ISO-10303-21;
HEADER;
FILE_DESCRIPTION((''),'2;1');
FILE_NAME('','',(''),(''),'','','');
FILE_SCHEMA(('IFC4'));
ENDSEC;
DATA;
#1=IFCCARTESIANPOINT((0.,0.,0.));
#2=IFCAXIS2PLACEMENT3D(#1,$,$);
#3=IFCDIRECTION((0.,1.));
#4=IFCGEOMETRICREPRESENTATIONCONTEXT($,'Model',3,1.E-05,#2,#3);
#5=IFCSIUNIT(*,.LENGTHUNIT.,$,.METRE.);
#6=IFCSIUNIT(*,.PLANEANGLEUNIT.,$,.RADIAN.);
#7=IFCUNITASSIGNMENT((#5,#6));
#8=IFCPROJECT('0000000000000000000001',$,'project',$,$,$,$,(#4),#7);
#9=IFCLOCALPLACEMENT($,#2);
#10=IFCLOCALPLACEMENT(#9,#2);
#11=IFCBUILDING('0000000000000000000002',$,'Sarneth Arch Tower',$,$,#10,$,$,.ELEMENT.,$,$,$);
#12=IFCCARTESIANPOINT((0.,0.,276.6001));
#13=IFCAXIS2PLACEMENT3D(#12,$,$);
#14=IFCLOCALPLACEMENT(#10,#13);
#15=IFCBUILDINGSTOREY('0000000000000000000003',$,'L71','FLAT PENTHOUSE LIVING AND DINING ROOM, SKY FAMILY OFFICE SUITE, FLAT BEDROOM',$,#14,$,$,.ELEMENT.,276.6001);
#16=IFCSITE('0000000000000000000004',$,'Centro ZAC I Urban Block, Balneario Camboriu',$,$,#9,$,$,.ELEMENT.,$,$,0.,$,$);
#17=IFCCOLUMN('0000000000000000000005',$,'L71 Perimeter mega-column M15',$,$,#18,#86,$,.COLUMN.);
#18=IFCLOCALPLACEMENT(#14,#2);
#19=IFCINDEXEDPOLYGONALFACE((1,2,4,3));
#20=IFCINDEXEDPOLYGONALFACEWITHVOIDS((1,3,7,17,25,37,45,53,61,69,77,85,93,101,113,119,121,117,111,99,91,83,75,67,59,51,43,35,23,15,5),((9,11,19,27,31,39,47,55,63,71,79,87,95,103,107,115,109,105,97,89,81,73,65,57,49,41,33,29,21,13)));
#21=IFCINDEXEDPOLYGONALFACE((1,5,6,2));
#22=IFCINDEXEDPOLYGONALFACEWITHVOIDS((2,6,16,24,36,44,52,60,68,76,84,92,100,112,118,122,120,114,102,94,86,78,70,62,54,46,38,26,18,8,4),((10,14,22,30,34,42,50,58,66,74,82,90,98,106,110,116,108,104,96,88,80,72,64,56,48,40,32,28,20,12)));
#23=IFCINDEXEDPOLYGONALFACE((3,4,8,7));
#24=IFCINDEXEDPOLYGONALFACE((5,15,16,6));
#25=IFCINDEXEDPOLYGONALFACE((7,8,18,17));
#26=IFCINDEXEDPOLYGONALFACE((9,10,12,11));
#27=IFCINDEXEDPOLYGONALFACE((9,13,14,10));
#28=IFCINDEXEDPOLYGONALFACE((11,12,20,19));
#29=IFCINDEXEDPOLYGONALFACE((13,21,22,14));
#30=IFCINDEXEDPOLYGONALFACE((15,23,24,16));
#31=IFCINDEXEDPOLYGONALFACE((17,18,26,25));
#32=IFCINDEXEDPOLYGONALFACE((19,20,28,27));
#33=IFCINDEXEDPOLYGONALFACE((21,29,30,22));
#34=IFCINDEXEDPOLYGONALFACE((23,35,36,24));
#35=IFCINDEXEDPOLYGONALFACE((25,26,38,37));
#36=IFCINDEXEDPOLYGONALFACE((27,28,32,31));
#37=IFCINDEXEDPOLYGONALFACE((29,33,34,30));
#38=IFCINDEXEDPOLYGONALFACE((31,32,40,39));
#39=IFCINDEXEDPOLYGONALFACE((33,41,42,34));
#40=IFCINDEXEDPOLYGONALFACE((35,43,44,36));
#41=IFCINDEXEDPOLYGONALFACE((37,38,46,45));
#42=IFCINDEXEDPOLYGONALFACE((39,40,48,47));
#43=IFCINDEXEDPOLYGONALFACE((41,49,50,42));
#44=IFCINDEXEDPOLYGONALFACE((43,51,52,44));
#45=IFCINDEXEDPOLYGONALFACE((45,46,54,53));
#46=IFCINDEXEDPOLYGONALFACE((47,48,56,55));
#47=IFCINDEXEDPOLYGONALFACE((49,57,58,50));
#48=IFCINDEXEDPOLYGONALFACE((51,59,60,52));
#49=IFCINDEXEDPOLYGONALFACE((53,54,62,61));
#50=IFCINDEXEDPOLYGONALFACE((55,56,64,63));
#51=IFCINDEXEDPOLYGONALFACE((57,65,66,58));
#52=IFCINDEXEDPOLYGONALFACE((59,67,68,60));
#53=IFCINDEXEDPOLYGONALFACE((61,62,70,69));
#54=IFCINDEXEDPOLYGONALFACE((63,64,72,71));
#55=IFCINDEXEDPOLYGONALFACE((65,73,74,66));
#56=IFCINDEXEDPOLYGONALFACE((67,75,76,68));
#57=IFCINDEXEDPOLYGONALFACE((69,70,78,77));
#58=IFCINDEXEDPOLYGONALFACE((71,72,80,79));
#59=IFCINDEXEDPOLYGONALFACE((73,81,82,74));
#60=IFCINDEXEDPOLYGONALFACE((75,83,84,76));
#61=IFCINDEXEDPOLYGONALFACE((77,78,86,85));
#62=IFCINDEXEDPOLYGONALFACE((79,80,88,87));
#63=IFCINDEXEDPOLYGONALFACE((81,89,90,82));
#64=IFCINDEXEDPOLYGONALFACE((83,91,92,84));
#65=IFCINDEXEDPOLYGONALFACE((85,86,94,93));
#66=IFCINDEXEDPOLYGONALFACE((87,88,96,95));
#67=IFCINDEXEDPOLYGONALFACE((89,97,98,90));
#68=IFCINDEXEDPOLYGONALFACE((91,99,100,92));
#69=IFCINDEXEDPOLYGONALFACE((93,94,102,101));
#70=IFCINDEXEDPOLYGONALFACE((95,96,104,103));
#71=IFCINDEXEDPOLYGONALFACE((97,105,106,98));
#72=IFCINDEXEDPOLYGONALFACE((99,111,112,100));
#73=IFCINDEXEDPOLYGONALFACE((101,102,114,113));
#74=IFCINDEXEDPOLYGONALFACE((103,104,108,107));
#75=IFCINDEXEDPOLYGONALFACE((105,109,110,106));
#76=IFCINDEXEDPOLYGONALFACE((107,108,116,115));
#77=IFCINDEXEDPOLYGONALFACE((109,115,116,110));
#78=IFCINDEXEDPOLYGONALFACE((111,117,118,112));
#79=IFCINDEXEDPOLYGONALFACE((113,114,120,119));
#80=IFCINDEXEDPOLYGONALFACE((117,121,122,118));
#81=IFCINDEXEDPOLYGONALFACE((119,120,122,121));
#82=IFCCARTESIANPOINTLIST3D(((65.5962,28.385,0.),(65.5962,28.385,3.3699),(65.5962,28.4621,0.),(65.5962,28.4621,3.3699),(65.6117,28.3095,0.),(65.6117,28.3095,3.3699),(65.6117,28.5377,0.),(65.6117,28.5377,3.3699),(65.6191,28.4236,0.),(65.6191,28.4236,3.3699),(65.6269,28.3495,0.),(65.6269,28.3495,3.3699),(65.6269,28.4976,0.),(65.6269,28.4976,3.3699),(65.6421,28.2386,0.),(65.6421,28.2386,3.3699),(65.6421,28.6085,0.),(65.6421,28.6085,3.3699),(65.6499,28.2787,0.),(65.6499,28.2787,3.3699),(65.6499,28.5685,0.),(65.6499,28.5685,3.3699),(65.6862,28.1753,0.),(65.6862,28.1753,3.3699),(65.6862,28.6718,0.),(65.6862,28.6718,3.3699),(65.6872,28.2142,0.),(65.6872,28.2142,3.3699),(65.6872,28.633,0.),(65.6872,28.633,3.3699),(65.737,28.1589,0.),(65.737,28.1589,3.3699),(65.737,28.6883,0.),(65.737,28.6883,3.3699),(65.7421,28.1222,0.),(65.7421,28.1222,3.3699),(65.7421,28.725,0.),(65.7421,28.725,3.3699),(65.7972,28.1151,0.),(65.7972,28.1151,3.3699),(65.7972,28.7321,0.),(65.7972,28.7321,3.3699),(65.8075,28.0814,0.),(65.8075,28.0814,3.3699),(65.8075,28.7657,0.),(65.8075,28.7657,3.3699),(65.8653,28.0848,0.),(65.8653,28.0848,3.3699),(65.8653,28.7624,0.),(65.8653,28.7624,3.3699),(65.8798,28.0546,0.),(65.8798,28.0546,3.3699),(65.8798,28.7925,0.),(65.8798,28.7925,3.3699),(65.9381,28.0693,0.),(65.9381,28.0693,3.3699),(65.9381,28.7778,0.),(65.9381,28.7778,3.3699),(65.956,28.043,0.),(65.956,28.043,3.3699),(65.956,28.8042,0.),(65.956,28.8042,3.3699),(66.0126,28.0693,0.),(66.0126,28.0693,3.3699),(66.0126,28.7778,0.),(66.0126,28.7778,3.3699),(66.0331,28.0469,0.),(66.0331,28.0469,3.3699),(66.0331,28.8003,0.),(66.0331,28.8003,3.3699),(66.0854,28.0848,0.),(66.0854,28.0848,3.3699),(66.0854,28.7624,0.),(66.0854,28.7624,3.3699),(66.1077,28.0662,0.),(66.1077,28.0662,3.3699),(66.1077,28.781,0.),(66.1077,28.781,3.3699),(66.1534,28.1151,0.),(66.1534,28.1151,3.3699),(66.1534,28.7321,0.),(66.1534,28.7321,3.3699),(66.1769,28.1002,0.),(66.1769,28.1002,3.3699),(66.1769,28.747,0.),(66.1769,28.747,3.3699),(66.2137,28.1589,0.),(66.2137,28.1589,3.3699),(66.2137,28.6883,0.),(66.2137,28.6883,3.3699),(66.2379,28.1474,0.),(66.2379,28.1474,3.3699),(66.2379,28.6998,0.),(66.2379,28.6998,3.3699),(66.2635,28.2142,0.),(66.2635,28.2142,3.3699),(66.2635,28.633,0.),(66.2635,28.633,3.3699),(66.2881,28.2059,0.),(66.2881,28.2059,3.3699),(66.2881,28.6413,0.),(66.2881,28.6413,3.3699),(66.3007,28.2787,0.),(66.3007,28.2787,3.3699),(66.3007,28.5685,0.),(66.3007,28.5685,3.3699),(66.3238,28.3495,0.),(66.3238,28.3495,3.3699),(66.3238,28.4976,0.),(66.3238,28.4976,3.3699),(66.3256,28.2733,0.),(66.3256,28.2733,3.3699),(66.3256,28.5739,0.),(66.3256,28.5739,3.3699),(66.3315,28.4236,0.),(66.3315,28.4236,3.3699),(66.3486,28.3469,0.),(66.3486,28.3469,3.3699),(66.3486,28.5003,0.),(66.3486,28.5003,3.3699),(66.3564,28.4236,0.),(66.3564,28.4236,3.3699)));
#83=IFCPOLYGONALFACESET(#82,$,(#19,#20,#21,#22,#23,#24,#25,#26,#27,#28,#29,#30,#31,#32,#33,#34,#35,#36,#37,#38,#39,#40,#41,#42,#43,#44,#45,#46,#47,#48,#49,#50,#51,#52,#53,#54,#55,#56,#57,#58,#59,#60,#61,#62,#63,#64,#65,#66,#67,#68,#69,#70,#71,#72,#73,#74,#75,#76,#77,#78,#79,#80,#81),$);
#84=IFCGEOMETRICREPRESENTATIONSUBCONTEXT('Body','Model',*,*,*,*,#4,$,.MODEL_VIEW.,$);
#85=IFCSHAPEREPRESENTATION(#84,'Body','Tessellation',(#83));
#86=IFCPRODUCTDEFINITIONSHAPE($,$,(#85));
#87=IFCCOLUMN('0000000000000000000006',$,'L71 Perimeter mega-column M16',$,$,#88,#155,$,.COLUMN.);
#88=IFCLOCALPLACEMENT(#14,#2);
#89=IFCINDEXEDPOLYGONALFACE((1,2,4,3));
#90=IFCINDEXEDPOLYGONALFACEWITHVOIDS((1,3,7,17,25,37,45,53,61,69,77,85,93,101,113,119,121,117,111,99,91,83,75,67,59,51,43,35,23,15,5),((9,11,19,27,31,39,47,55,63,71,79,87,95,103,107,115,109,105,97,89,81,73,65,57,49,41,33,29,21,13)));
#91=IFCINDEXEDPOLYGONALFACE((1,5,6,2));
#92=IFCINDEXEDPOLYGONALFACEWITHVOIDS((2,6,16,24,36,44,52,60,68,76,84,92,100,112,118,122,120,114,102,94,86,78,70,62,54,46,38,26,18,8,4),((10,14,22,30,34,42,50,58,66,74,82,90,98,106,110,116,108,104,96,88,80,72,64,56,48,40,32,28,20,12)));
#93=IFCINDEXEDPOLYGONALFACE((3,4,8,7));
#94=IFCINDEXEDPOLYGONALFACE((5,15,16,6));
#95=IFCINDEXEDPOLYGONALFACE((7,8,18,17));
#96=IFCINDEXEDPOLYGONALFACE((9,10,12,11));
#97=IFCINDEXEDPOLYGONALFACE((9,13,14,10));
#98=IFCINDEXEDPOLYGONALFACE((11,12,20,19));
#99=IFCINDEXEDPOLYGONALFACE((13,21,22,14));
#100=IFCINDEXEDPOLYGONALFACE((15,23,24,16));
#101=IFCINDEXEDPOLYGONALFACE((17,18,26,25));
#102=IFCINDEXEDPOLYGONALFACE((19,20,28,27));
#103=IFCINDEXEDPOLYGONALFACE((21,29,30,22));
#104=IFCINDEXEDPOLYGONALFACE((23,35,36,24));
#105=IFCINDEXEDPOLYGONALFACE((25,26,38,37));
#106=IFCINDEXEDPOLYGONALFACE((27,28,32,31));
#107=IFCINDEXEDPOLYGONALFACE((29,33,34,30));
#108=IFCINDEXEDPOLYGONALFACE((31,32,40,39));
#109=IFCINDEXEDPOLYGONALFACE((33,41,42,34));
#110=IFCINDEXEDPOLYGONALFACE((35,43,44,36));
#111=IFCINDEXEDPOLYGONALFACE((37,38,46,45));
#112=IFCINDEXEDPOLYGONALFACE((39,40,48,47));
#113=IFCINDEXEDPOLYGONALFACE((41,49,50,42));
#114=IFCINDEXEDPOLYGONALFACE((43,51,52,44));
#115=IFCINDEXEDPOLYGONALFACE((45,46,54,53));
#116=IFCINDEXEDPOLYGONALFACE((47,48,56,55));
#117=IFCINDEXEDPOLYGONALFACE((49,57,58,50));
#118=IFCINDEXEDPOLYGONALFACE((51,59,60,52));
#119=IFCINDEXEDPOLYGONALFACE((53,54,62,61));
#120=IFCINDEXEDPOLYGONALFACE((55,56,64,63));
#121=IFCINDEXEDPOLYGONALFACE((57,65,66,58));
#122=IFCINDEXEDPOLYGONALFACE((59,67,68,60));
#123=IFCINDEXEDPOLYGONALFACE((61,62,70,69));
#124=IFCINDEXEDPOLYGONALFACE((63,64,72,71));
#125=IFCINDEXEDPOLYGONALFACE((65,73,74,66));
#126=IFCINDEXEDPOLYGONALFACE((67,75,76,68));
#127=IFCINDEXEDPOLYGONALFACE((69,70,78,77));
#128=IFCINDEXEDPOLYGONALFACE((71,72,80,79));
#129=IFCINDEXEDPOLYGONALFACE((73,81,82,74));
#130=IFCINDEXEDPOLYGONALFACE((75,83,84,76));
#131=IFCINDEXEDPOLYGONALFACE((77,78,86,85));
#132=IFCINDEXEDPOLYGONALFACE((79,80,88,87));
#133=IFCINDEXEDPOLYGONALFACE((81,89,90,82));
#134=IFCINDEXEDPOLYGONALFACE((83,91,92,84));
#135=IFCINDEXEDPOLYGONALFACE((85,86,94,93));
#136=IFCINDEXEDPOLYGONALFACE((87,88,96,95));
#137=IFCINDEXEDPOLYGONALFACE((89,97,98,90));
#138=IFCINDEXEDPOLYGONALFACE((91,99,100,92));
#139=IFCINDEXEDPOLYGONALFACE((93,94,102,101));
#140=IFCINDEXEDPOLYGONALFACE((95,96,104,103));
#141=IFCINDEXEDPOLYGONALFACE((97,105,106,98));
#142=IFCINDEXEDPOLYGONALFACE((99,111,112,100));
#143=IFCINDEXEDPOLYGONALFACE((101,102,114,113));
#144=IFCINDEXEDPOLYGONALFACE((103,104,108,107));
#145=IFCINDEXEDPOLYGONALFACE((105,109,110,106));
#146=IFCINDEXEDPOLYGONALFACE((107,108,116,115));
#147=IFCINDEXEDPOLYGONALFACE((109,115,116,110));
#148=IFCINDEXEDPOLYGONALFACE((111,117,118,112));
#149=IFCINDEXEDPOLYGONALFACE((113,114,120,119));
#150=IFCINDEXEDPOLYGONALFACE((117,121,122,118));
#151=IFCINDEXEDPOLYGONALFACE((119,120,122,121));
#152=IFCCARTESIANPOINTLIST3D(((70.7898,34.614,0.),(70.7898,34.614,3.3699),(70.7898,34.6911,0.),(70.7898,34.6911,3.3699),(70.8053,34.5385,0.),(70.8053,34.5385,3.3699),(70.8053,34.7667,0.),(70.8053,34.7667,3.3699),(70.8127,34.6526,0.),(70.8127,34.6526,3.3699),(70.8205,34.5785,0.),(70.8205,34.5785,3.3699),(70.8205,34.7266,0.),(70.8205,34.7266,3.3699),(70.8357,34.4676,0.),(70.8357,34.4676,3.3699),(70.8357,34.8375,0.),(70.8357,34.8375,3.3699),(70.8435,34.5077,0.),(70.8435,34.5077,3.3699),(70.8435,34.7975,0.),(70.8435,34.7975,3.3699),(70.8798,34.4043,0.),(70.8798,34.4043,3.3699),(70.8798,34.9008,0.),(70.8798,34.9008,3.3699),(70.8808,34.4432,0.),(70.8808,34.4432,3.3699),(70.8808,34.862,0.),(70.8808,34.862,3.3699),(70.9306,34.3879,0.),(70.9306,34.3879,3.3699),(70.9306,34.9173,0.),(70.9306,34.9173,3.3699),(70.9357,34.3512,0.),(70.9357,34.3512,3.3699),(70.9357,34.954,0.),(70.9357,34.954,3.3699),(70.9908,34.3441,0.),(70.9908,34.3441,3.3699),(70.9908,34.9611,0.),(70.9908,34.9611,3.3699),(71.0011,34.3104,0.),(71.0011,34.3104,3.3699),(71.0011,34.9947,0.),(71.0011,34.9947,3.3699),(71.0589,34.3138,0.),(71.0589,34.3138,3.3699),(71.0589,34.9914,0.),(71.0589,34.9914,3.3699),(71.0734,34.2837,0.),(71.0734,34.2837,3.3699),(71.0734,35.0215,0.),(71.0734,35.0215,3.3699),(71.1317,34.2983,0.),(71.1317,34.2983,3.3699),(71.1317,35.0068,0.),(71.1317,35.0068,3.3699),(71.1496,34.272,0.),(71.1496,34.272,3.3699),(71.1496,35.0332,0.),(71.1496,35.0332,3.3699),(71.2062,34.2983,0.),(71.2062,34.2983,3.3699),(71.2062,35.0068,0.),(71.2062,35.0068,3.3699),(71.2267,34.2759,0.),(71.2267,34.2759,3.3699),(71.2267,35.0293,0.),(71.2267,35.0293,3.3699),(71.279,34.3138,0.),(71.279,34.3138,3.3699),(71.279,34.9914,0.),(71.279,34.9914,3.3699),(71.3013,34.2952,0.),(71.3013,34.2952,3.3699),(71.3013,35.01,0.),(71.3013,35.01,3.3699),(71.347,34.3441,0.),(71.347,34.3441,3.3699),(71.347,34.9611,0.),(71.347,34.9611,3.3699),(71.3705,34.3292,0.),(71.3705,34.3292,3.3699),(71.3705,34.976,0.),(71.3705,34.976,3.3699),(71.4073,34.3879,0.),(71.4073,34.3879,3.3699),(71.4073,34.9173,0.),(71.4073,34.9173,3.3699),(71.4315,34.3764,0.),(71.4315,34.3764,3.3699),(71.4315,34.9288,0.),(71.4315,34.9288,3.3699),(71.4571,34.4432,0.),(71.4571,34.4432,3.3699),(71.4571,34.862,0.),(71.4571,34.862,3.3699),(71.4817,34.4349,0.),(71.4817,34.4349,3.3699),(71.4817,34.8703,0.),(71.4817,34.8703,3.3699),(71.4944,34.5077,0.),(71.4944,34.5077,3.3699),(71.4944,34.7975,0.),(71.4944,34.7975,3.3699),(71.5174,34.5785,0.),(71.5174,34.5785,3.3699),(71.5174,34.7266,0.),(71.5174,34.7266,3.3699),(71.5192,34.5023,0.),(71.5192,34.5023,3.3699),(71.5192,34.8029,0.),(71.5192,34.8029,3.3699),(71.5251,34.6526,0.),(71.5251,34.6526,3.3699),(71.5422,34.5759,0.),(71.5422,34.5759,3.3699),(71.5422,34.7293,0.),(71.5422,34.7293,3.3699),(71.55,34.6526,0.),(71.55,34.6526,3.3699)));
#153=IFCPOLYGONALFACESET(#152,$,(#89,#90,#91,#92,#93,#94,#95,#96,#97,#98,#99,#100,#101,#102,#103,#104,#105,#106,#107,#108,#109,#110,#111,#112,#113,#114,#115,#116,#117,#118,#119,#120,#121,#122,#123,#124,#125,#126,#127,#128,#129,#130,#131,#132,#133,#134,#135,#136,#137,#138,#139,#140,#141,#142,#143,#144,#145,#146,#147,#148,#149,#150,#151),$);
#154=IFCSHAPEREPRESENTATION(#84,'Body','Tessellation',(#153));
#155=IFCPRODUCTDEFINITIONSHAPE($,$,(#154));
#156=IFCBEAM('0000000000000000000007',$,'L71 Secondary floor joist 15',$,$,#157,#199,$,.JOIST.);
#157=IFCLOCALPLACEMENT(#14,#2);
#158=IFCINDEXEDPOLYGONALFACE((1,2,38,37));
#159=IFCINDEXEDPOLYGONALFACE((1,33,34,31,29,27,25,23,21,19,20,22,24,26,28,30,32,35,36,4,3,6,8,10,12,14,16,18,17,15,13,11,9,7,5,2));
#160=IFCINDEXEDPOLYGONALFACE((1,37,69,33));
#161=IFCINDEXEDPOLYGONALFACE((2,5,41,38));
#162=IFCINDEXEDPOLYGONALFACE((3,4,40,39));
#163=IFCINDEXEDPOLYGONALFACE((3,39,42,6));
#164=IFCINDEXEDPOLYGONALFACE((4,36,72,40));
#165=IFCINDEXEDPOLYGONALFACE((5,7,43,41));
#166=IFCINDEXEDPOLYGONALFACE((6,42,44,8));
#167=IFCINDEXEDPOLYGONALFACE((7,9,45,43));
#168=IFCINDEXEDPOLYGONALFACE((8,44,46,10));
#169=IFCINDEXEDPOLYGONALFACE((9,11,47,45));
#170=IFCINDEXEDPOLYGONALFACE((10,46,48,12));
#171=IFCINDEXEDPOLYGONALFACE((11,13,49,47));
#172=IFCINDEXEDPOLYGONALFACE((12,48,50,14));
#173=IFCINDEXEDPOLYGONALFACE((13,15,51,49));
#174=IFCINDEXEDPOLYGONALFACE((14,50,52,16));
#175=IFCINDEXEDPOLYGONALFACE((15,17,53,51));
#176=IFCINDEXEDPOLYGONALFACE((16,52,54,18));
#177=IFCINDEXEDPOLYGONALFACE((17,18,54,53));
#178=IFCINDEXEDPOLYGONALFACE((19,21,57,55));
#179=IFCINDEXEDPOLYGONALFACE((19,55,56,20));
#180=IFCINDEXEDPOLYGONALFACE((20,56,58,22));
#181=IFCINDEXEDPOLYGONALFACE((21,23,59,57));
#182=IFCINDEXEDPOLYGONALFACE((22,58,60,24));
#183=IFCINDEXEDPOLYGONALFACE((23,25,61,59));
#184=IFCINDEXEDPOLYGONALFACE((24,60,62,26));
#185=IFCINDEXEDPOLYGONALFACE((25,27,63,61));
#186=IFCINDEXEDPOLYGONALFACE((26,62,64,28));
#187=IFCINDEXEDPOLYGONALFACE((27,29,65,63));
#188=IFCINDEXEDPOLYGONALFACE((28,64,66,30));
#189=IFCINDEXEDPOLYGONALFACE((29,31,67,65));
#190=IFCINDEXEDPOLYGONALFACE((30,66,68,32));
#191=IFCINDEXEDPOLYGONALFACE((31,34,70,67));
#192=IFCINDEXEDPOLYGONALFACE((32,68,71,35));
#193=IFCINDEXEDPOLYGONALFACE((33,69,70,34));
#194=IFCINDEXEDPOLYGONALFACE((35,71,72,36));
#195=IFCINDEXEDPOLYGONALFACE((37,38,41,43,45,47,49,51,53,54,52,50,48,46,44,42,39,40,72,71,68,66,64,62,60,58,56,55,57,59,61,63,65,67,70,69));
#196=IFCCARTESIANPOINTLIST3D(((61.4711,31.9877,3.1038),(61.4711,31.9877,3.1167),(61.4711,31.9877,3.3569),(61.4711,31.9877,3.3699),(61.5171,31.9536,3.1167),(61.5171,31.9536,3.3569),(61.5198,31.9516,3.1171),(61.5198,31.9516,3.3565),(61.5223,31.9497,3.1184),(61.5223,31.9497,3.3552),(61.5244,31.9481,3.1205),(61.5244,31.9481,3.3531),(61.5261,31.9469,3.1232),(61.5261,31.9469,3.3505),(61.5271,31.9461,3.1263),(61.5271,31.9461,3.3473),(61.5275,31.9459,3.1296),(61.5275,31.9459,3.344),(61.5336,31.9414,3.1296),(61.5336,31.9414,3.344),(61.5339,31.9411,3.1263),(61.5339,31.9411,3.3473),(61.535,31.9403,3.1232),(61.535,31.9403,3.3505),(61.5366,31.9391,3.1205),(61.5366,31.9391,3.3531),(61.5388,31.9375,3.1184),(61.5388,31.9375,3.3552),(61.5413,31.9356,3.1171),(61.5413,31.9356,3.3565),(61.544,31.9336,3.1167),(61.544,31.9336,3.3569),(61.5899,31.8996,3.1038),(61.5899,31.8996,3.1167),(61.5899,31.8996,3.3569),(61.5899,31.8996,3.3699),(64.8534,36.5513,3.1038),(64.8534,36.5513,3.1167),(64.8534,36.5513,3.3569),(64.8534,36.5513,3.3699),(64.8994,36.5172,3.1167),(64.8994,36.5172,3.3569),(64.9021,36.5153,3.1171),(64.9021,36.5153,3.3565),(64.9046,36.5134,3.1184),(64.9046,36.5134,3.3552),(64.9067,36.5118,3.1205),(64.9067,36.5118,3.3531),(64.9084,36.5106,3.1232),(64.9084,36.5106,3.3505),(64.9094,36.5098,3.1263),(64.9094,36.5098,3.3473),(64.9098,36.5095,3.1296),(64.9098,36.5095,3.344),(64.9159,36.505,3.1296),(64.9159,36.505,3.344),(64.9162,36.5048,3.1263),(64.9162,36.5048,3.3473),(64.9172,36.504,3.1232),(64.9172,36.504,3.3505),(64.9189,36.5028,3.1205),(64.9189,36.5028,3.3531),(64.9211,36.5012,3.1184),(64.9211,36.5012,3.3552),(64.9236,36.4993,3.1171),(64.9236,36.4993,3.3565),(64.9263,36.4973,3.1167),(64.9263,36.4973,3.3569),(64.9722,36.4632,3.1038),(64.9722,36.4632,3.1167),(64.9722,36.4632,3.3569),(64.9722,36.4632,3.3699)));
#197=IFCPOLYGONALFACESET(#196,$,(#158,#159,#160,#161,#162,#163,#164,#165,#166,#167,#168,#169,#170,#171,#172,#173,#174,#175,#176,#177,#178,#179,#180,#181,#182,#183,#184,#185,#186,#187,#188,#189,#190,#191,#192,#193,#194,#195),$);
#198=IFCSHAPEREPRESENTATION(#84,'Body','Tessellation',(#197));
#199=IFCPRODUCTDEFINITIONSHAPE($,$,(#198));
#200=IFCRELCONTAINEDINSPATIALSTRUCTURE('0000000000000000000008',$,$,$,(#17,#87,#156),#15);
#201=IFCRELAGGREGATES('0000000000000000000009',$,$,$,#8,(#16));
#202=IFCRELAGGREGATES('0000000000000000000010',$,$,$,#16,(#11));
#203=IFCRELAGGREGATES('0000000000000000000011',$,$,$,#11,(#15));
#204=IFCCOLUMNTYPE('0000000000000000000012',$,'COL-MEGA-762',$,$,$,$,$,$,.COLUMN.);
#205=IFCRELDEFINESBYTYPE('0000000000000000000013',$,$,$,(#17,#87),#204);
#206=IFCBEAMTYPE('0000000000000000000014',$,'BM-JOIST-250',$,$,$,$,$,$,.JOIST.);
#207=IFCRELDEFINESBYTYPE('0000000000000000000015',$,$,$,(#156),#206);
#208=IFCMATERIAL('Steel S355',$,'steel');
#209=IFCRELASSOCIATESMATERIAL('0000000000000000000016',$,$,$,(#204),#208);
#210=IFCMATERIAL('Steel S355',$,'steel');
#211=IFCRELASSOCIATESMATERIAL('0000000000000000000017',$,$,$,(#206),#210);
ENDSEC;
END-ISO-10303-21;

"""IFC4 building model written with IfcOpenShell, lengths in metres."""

from ifc_helpers import new_model, si_unit, direction, frame, origin, origin_2d, place, context, subcontext, project, spatial, hollow_circle, i_section, extrude, material, material_profile, profile_set, type_object, element, save


model = new_model("IFC4")

# Units and contexts
model_context = context("Model", 3, precision=1e-05, world=origin(), true_north=direction((0.0, 1.0)))
body_context = subcontext(model_context, "Body", "Model", "MODEL_VIEW")
ifc_project = project(units=[si_unit("LENGTHUNIT", "METRE"), si_unit("PLANEANGLEUNIT", "RADIAN")], contexts=[model_context])

# Site, building, storey
site_placement = place(None, origin())
site = spatial("IfcSite", under=ifc_project, at=site_placement, Name="Centro ZAC I Urban Block, Balneario Camboriu", CompositionType="ELEMENT", RefElevation=0.0)
building_placement = place(site_placement, origin())
building = spatial("IfcBuilding", under=site, at=building_placement, Name="Sarneth Arch Tower", CompositionType="ELEMENT")
storey_placement = place(building_placement, frame((0.0, 0.0, 276.6001)))
storey = spatial("IfcBuildingStorey", under=building, at=storey_placement, Name="L71", Description="FLAT PENTHOUSE LIVING AND DINING ROOM, SKY FAMILY OFFICE SUITE, FLAT BEDROOM", CompositionType="ELEMENT", Elevation=276.6001)

# Columns
ifc_material_1 = material(Name="Steel S355", Category="steel")
ifc_material_profile_1 = material_profile(ifc_material_1, hollow_circle(Radius=0.3811, WallThickness=0.0249, at=origin_2d()), Name="CHS762x25")
ifc_profile_set_1 = profile_set([ifc_material_profile_1], Name="Steel S355")
column_type = type_object("IfcColumnType", Name="COL-MEGA-762", PredefinedType="COLUMN", material=ifc_profile_set_1)
for number, where, z_axis, x_axis, name in (
    (1, (65.9753, 28.4236, 0.0), (0.0, 0.0, 1.0), (1.0, 0.0, 0.0), "L71 Perimeter mega-column M15"),
    (2, (71.1689, 34.6526, 0.0), (0.0, 0.0, 1.0), (1.0, 0.0, 0.0), "L71 Perimeter mega-column M16"),
):
    element("IfcColumn", number, at=place(storey_placement, frame(where, z_axis=z_axis, x_axis=x_axis)), inside=storey, type_object=column_type, Name=name, PredefinedType="COLUMN", context=body_context, shape_type="SweptSolid", body=[
        extrude(hollow_circle(Radius=0.3811, WallThickness=0.0249, at=origin_2d()), origin(), (0.0, 0.0, 1.0), 3.3699),
    ])

# Beam
ifc_material_2 = material(Name="Steel S355", Category="steel")
ifc_material_profile_2 = material_profile(ifc_material_2, i_section(OverallWidth=0.1479, OverallDepth=0.2661, WebThickness=0.0076, FlangeThickness=0.0129, FilletRadius=0.0129, at=origin_2d()), Name="W250x44.8")
ifc_profile_set_2 = profile_set([ifc_material_profile_2], Name="Steel S355")
beam_type_1 = type_object("IfcBeamType", Name="BM-JOIST-250", PredefinedType="JOIST", material=ifc_profile_set_2)
beam_1_placement = place(storey_placement, frame((61.5305, 31.9436, 3.2368), z_axis=(0.595431, 0.803406, 0.0), x_axis=(-0.803406, 0.595431, 0.0)))
element("IfcBeam", 3, at=beam_1_placement, inside=storey, type_object=beam_type_1, Name="L71 Secondary floor joist 15", PredefinedType="JOIST", context=body_context, shape_type="SweptSolid", body=[
    extrude(i_section(OverallWidth=0.1479, OverallDepth=0.2661, WebThickness=0.0076, FlangeThickness=0.0129, FilletRadius=0.0129, at=origin_2d()), origin(), (0.0, 0.0, 1.0), 5.6804),
])

save(model, "model.ifc")
